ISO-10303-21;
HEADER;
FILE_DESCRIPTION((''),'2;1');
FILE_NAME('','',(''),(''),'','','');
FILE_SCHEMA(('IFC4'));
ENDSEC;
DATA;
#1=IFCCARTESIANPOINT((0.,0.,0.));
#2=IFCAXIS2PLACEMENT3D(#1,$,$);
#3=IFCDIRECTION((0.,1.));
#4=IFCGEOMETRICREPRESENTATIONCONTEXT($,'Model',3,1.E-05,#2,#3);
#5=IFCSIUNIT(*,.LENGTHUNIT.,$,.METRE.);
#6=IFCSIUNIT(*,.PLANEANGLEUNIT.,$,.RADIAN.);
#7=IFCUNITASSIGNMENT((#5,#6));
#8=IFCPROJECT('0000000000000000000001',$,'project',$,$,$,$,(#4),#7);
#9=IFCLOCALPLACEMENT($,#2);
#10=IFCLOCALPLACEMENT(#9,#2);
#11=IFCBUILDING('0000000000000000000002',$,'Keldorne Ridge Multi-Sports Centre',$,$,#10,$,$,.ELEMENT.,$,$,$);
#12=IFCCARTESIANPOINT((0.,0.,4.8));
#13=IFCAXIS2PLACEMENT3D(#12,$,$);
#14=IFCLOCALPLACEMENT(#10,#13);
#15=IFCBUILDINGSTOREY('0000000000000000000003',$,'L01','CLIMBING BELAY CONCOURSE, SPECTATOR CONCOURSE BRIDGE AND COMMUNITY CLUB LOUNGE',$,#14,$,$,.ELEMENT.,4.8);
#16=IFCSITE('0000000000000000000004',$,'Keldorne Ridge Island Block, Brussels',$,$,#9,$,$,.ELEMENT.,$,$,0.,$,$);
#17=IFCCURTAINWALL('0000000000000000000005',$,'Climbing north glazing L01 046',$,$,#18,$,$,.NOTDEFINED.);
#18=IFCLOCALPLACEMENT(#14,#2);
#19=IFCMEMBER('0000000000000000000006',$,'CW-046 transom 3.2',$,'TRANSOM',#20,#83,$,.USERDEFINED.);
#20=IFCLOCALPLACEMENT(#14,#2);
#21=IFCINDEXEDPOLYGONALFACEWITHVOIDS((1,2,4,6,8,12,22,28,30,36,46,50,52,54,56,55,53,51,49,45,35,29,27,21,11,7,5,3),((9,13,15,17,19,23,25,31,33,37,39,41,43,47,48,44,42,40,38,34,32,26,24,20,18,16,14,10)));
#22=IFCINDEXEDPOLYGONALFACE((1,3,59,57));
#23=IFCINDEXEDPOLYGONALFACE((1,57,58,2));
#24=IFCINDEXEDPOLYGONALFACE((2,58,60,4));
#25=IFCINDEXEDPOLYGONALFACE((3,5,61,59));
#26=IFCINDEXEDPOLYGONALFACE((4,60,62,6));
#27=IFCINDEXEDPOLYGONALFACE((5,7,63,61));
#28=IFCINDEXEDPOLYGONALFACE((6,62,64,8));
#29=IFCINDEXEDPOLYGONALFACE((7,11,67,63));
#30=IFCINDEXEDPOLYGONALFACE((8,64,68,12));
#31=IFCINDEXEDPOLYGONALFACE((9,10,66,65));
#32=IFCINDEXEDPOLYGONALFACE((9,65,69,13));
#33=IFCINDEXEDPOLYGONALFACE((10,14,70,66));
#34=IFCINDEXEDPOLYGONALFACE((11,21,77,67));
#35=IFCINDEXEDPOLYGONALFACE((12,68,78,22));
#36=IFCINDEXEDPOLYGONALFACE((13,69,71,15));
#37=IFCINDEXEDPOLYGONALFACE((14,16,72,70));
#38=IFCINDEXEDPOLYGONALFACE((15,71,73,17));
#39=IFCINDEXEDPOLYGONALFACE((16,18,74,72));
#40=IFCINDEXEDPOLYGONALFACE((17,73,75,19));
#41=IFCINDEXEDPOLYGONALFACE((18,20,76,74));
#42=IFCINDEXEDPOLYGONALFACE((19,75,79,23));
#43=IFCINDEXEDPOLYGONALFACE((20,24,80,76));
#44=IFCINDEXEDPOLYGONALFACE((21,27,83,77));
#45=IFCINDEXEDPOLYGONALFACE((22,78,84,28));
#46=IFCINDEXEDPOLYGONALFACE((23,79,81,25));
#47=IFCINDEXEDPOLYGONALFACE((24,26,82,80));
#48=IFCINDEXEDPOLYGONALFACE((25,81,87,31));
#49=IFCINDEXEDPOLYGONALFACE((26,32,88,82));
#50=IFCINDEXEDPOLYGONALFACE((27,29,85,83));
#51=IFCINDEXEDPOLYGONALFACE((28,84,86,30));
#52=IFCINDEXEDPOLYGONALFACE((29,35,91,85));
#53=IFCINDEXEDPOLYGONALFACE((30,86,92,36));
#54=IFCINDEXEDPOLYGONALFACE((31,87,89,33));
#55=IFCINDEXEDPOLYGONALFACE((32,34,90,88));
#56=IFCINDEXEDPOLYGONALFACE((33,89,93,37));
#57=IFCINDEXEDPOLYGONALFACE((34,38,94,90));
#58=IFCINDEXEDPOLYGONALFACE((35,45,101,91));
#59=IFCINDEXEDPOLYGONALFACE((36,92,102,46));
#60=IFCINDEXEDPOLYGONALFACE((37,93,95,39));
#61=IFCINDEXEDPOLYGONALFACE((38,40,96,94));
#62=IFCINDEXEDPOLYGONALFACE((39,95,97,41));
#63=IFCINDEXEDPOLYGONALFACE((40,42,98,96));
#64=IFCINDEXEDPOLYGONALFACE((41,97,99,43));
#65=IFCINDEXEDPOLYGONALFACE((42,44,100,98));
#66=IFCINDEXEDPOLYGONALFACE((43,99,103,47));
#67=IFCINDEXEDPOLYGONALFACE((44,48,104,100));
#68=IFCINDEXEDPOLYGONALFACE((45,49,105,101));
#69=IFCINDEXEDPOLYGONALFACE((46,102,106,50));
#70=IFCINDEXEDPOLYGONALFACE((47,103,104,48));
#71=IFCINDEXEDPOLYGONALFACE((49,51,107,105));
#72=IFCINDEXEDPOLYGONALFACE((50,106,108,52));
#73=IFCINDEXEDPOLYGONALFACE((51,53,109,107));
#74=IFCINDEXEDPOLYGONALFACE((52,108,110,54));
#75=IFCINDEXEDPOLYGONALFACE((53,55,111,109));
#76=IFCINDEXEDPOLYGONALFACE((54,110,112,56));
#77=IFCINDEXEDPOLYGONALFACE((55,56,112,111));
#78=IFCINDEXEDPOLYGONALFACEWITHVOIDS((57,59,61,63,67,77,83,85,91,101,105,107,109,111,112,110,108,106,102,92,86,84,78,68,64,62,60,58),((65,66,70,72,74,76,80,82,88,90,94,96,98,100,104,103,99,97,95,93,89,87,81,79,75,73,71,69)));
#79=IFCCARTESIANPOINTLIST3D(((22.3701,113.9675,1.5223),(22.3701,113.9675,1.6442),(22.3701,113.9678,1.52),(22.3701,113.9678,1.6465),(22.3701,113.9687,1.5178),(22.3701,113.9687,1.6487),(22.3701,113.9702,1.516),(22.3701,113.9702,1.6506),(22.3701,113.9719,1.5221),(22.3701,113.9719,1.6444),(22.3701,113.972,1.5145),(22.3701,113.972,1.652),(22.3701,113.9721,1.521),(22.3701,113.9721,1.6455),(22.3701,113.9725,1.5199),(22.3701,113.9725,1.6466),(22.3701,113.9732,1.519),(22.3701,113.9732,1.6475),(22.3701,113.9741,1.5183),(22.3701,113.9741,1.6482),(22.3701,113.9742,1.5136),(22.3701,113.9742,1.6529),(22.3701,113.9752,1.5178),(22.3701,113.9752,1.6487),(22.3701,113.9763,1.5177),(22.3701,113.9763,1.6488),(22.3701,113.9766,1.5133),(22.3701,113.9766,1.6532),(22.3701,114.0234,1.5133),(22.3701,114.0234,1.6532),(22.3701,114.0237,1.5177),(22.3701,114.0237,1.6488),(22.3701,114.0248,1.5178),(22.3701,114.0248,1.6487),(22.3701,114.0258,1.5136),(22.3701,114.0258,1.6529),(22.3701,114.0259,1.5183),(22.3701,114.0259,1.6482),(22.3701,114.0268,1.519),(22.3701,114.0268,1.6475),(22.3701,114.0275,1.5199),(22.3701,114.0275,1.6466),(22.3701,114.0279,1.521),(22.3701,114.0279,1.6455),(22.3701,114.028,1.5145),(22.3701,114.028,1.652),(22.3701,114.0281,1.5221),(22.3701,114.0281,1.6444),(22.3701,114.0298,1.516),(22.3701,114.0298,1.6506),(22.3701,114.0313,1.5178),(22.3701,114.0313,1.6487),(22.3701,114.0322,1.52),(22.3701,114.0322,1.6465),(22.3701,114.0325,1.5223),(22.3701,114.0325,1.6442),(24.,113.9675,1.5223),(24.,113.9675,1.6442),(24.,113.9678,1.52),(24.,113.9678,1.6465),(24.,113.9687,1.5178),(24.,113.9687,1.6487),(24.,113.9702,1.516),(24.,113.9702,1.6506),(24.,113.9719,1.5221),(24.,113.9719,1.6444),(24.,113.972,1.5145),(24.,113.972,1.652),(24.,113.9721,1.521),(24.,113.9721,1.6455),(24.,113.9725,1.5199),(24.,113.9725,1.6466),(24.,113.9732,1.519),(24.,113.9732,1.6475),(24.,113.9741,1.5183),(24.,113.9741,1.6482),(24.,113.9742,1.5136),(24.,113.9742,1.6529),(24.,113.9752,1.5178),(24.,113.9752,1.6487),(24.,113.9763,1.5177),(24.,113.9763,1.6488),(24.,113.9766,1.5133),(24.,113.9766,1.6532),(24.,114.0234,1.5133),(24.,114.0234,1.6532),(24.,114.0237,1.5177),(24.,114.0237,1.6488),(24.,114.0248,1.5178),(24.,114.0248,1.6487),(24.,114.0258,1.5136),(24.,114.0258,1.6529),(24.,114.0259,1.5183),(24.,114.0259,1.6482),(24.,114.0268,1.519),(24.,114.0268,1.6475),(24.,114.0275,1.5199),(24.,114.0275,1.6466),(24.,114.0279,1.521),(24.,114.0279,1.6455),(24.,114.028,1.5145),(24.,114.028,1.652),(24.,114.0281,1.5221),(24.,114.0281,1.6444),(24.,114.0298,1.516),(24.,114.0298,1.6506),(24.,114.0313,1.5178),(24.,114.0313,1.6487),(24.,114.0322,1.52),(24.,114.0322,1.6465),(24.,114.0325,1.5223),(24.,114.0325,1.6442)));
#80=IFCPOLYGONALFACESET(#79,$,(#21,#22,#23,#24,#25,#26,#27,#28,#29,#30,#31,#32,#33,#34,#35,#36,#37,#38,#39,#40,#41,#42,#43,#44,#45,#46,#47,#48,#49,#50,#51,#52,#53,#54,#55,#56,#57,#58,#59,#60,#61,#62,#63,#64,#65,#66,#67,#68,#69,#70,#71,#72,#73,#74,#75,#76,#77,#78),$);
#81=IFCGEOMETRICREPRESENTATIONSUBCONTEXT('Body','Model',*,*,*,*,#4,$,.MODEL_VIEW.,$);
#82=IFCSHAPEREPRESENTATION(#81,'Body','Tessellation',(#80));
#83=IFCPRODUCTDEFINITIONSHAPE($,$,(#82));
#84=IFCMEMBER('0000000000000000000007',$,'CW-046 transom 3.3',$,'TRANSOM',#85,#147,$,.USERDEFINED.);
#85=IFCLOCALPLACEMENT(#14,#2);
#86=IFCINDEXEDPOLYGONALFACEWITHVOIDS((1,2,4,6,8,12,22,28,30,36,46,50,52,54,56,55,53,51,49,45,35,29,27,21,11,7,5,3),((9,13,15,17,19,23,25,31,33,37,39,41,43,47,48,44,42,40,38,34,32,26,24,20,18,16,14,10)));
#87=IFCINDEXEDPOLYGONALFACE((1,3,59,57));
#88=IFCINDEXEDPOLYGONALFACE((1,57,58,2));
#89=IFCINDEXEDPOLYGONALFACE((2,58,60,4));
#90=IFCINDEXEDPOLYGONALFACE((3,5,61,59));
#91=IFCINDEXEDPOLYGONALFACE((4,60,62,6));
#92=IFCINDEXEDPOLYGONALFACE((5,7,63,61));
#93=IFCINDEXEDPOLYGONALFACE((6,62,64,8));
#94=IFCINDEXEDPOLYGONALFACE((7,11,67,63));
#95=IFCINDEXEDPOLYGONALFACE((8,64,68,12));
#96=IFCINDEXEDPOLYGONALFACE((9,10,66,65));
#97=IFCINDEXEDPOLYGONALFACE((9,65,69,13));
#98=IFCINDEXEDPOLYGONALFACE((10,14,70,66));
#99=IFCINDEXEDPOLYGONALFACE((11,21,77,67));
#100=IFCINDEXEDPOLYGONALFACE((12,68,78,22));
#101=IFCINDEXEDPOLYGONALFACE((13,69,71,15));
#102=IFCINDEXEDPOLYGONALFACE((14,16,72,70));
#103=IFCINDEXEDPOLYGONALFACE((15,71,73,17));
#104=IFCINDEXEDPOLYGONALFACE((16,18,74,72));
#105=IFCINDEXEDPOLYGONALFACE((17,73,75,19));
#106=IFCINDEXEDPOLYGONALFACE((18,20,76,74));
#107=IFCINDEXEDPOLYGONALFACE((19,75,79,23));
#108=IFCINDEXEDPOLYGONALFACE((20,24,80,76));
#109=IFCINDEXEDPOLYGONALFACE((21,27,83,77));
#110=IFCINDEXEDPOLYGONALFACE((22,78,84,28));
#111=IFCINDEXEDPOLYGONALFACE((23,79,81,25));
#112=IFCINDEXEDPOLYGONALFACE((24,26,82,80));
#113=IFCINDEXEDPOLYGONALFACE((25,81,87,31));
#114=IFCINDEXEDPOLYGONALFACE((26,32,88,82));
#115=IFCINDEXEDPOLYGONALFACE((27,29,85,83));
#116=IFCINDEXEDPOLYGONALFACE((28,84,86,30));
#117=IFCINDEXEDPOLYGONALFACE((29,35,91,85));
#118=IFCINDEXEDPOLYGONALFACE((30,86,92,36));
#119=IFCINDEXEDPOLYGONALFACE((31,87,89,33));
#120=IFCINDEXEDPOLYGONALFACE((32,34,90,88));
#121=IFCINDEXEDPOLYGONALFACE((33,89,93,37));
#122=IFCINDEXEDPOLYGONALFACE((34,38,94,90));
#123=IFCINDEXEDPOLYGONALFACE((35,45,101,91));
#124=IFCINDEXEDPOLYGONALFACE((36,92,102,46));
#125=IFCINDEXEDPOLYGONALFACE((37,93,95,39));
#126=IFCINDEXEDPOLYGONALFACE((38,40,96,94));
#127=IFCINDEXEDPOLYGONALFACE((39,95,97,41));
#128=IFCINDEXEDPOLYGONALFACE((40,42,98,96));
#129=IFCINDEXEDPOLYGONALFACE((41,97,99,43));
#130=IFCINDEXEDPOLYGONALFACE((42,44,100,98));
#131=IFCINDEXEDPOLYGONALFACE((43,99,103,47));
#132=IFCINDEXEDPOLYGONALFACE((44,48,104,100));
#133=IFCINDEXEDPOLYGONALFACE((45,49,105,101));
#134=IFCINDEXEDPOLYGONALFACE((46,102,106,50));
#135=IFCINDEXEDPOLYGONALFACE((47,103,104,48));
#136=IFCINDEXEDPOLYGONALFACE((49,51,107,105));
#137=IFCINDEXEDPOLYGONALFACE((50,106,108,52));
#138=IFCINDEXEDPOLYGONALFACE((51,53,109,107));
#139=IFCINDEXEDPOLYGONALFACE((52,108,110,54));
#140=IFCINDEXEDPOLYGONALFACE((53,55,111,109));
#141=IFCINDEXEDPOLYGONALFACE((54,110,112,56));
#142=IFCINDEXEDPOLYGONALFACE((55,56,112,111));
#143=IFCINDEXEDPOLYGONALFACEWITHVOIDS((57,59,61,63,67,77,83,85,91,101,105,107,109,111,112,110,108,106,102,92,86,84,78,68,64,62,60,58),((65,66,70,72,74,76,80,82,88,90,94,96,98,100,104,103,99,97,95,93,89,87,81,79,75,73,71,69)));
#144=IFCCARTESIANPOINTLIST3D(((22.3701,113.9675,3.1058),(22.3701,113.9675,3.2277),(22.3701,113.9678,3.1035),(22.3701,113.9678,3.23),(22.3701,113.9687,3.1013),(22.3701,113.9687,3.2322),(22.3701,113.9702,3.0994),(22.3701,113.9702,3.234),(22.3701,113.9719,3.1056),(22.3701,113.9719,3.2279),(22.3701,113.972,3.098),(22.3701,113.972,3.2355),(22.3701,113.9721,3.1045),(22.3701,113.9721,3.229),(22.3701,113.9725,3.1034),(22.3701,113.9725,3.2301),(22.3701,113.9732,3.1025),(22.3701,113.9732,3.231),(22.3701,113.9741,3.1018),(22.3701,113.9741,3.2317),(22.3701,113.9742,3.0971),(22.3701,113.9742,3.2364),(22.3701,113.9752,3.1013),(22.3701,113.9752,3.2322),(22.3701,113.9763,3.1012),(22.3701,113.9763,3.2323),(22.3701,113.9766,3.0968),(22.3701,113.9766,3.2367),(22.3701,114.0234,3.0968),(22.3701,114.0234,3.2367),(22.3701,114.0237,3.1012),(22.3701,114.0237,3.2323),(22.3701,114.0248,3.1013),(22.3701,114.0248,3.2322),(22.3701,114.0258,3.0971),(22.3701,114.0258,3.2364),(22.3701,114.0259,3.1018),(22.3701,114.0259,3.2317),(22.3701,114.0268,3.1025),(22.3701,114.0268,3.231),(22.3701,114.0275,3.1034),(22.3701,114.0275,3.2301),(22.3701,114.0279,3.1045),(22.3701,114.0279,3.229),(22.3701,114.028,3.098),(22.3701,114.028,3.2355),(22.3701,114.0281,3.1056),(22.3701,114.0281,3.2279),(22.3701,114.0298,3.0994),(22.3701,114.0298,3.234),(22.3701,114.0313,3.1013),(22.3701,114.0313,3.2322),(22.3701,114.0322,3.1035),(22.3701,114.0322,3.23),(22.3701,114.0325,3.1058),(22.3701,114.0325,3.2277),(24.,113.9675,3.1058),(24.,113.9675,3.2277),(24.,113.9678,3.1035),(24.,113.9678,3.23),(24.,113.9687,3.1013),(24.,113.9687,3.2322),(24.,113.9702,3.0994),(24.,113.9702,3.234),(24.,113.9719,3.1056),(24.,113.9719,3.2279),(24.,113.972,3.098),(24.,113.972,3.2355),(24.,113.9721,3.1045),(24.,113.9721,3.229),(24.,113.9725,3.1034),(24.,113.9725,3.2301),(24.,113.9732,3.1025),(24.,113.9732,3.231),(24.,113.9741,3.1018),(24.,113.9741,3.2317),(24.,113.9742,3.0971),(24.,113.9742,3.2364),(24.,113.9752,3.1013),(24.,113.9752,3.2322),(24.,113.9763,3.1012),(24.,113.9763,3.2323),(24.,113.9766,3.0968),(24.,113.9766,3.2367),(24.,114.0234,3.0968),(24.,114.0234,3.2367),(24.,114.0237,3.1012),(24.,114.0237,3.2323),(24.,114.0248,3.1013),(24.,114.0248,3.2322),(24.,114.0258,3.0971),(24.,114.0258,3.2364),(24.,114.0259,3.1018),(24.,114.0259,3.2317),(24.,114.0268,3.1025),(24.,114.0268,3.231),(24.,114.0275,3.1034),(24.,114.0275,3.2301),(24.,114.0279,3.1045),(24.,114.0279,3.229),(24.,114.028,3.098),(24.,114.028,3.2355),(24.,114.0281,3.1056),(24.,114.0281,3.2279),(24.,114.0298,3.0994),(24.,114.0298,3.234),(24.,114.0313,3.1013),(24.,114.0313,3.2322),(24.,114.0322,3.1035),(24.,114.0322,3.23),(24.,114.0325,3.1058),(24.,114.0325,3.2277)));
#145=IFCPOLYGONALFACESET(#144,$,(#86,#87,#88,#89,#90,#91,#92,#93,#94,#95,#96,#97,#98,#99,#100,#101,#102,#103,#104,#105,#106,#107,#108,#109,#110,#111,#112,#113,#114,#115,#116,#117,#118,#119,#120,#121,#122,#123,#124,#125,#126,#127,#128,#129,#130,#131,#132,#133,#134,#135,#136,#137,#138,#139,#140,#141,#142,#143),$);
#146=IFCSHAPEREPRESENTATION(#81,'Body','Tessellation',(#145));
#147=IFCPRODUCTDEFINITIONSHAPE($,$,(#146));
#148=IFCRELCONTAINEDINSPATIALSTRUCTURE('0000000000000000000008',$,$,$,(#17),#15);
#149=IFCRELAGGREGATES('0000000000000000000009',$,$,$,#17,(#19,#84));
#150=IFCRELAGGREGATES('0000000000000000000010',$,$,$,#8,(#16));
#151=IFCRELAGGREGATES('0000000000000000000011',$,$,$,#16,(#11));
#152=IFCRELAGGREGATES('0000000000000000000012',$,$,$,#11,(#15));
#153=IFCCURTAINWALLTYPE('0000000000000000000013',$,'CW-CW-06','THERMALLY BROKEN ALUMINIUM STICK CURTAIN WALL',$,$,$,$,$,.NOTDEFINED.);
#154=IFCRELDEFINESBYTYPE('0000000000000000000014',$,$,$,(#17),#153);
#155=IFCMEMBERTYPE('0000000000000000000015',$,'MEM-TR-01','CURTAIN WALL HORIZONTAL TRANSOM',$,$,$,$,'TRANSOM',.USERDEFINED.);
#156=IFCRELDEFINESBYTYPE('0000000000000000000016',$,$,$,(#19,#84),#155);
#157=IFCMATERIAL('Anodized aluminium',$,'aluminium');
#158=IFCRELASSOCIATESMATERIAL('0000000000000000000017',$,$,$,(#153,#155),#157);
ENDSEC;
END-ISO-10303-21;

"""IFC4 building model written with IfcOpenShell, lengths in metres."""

from ifc_helpers import new_model, si_unit, direction, frame, origin, origin_2d, place, context, subcontext, project, spatial, hollow_rectangle, extrude, material, material_profile, profile_set, type_object, element, aggregate, save


model = new_model("IFC4")

# Units and contexts
model_context = context("Model", 3, precision=1e-05, world=origin(), true_north=direction((0.0, 1.0)))
body_context = subcontext(model_context, "Body", "Model", "MODEL_VIEW")
ifc_project = project(units=[si_unit("LENGTHUNIT", "METRE"), si_unit("PLANEANGLEUNIT", "RADIAN")], contexts=[model_context])

# Site, building, storey
site_placement = place(None, origin())
site = spatial("IfcSite", under=ifc_project, at=site_placement, Name="Keldorne Ridge Island Block, Brussels", CompositionType="ELEMENT", RefElevation=0.0)
building_placement = place(site_placement, origin())
building = spatial("IfcBuilding", under=site, at=building_placement, Name="Keldorne Ridge Multi-Sports Centre", CompositionType="ELEMENT")
storey_placement = place(building_placement, frame((0.0, 0.0, 4.8)))
storey = spatial("IfcBuildingStorey", under=building, at=storey_placement, Name="L01", Description="CLIMBING BELAY CONCOURSE, SPECTATOR CONCOURSE BRIDGE AND COMMUNITY CLUB LOUNGE", CompositionType="ELEMENT", Elevation=4.8)

# Curtain wall
ifc_material_1 = material(Name="Anodized aluminium", Category="aluminium")
curtain_wall_type_1 = type_object("IfcCurtainWallType", Name="CW-CW-06", Description="THERMALLY BROKEN ALUMINIUM STICK CURTAIN WALL", PredefinedType="NOTDEFINED", material=ifc_material_1)
curtain_wall_1_placement = place(storey_placement, origin())
curtain_wall_1 = element("IfcCurtainWall", 1, at=curtain_wall_1_placement, inside=storey, type_object=curtain_wall_type_1, Name="Climbing north glazing L01 046", PredefinedType="NOTDEFINED")

# Members
ifc_material_profile_1 = material_profile(ifc_material_1, hollow_rectangle(XDim=0.0649, YDim=0.1399, WallThickness=0.0044, InnerFilletRadius=0.0044, OuterFilletRadius=0.009, at=origin_2d()), Name="ALU TRANSOM 140x65x4.5")
ifc_profile_set_1 = profile_set([ifc_material_profile_1], Name="Anodized aluminium")
member_type_1 = type_object("IfcMemberType", Name="MEM-TR-01", Description="CURTAIN WALL HORIZONTAL TRANSOM", ElementType="TRANSOM", PredefinedType="USERDEFINED", material=ifc_profile_set_1)
member_1_placement = place(storey_placement, frame((24.0, 114.0, 1.5833), z_axis=(-1.0, 0.0, 0.0), x_axis=(0.0, -1.0, 0.0)))
member_1 = element("IfcMember", 2, at=member_1_placement, type_object=member_type_1, Name="CW-046 transom 3.2", ObjectType="TRANSOM", PredefinedType="USERDEFINED", context=body_context, shape_type="SweptSolid", body=[
    extrude(hollow_rectangle(XDim=0.0649, YDim=0.1399, WallThickness=0.0044, InnerFilletRadius=0.0044, OuterFilletRadius=0.009, at=origin_2d()), origin(), (0.0, 0.0, 1.0), 1.6299),
])
member_2_placement = place(storey_placement, frame((24.0, 114.0, 3.1667), z_axis=(-1.0, 0.0, 0.0), x_axis=(0.0, -1.0, 0.0)))
member_2 = element("IfcMember", 3, at=member_2_placement, type_object=member_type_1, Name="CW-046 transom 3.3", ObjectType="TRANSOM", PredefinedType="USERDEFINED", context=body_context, shape_type="SweptSolid", body=[
    extrude(hollow_rectangle(XDim=0.0649, YDim=0.1399, WallThickness=0.0044, InnerFilletRadius=0.0044, OuterFilletRadius=0.009, at=origin_2d()), origin(), (0.0, 0.0, 1.0), 1.6299),
])

aggregate(curtain_wall_1, [member_1, member_2])

save(model, "model.ifc")
